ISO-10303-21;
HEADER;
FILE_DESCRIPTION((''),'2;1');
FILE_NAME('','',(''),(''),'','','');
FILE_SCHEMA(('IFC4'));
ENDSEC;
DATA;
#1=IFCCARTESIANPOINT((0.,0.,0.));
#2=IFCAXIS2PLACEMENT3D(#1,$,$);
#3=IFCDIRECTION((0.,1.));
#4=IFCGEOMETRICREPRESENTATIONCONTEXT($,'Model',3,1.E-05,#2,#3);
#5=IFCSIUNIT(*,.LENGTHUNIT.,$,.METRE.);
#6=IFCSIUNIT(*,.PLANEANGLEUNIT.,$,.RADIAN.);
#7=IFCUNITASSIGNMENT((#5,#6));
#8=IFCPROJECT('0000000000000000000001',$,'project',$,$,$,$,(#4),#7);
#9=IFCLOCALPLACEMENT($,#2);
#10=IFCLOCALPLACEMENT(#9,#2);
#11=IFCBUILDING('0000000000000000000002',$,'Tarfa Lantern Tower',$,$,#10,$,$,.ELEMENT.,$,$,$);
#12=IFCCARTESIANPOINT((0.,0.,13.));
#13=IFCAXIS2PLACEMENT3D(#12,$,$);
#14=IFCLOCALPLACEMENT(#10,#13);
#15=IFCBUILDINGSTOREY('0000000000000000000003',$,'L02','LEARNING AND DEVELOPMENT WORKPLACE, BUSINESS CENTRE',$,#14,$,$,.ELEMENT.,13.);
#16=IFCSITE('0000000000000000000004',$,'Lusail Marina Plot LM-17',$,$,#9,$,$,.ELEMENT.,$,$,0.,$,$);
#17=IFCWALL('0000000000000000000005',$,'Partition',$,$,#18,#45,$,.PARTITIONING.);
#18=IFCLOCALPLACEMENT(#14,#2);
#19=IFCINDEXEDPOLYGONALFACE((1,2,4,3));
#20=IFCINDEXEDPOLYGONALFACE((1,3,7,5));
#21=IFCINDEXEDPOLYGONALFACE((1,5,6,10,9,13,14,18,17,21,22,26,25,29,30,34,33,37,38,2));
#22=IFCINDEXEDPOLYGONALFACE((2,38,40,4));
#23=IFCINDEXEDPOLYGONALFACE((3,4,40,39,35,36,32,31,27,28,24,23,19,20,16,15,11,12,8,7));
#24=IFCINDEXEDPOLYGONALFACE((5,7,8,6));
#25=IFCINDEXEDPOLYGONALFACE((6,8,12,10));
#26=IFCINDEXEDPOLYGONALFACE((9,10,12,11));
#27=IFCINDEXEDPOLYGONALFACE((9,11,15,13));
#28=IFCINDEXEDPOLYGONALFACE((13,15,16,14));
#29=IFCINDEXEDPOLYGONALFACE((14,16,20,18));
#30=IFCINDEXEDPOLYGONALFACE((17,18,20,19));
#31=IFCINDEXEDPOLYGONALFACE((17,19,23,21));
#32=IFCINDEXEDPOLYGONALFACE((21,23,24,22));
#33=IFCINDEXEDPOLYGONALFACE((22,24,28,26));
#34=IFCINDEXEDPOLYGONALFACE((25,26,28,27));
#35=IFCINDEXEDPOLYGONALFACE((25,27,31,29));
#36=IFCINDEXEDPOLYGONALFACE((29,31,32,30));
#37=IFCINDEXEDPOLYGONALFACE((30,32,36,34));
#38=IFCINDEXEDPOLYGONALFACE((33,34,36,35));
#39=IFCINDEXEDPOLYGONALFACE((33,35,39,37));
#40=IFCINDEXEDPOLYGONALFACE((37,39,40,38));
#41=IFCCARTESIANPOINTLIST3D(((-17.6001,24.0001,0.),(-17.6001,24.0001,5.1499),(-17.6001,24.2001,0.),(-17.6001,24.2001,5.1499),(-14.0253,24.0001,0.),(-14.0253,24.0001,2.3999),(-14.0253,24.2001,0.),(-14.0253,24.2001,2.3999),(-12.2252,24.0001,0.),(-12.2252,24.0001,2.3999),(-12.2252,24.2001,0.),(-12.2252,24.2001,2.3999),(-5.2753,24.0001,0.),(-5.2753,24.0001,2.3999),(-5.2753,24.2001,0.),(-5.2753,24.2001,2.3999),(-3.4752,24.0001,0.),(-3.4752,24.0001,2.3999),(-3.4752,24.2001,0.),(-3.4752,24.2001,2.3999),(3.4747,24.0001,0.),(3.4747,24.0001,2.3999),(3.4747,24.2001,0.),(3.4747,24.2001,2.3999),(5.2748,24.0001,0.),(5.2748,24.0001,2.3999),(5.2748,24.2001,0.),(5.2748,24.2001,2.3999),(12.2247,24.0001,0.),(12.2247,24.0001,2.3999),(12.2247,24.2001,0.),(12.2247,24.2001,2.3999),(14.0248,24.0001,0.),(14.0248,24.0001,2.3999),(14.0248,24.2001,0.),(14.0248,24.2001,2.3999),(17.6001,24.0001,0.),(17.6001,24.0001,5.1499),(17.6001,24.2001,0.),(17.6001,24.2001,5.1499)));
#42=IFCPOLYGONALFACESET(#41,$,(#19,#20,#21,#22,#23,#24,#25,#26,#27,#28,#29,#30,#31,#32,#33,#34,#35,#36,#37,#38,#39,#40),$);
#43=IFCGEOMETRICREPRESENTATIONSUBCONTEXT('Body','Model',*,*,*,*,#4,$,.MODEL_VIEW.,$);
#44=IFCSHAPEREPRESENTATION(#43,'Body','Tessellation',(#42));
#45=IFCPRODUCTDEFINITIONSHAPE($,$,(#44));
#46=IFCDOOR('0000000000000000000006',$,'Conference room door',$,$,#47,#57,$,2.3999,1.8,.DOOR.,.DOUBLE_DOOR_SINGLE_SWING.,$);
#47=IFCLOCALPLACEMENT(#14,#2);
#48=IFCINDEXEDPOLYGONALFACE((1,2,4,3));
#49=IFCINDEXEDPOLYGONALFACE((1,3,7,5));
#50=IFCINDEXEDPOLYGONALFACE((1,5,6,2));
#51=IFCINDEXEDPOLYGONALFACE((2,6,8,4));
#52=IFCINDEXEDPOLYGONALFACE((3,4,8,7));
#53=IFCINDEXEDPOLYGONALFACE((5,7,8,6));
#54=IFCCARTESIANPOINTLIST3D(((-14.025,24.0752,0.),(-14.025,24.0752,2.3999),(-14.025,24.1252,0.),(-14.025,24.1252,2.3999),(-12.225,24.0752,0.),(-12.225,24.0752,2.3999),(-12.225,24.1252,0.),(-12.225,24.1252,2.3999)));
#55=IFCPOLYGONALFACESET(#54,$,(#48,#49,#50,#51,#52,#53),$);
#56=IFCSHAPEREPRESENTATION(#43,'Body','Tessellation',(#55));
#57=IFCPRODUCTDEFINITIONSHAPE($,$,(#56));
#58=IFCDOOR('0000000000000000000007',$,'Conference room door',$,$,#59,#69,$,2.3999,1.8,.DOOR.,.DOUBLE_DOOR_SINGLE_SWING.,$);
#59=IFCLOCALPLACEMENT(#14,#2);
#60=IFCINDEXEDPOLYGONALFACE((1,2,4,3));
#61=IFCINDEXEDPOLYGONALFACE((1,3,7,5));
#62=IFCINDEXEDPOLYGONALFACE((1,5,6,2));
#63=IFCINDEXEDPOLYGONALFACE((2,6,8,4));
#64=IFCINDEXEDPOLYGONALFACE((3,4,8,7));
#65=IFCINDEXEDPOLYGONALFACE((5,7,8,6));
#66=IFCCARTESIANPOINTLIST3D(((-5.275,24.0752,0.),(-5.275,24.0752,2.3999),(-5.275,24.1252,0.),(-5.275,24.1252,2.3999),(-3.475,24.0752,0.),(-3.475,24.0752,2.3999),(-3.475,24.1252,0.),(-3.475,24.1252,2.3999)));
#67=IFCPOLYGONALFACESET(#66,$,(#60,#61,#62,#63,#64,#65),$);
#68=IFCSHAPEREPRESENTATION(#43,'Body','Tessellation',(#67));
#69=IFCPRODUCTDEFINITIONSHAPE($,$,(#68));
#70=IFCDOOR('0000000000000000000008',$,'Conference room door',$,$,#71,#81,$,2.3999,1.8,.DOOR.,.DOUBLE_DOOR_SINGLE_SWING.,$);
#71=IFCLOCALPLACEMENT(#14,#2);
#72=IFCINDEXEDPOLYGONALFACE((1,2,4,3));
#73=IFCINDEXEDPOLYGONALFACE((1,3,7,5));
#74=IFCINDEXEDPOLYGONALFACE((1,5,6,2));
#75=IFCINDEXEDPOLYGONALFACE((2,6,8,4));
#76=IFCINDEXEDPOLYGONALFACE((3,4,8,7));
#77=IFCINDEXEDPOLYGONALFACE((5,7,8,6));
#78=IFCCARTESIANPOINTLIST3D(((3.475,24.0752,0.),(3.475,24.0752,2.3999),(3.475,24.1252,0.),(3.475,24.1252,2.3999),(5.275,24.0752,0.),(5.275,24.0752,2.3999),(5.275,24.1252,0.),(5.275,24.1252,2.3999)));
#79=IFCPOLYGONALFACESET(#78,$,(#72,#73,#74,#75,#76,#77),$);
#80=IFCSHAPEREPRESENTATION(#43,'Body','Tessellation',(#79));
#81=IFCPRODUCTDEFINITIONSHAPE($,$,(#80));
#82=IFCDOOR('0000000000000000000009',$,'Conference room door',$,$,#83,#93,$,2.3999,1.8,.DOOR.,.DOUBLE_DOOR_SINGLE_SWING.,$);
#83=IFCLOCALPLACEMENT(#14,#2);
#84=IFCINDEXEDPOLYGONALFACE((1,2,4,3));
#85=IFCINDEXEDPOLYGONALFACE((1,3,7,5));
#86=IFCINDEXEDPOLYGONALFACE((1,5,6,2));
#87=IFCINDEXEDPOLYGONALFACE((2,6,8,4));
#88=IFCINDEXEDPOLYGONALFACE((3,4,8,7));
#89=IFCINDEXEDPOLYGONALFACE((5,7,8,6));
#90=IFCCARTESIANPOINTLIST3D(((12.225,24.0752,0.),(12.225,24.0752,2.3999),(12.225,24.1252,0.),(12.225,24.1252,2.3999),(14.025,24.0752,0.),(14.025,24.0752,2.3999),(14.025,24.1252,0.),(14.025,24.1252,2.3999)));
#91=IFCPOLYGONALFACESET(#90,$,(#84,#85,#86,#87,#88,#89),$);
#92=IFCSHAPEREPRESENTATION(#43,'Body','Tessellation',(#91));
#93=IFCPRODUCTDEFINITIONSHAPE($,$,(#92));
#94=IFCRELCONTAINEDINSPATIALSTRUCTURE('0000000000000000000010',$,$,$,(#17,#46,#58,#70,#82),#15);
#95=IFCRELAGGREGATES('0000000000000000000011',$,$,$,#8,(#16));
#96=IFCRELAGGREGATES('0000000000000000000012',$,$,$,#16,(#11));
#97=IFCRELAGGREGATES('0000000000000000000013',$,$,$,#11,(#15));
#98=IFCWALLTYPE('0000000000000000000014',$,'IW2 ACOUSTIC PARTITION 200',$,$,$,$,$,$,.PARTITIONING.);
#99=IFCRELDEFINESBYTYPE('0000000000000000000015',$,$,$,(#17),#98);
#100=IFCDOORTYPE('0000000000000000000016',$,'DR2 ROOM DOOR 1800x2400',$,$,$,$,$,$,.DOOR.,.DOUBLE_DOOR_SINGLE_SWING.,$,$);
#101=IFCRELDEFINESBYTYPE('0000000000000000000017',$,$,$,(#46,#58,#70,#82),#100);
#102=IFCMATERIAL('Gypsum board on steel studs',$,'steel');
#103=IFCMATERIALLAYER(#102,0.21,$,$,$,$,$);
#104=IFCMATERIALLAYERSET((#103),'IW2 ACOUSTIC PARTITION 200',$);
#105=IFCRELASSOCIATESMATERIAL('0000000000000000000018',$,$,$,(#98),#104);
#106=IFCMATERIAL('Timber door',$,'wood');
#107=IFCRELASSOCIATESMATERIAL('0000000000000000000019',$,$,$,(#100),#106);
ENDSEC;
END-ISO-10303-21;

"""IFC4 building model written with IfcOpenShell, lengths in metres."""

from ifc_helpers import new_model, si_unit, direction, frame, frame_2d, origin, place, context, subcontext, project, spatial, rectangle, extrude, material, layer, layer_set, type_object, element, fill, save


model = new_model("IFC4")

# Units and contexts
model_context = context("Model", 3, precision=1e-05, world=origin(), true_north=direction((0.0, 1.0)))
body_context = subcontext(model_context, "Body", "Model", "MODEL_VIEW")
ifc_project = project(units=[si_unit("LENGTHUNIT", "METRE"), si_unit("PLANEANGLEUNIT", "RADIAN")], contexts=[model_context])

# Site, building, storey
site_placement = place(None, origin())
site = spatial("IfcSite", under=ifc_project, at=site_placement, Name="Lusail Marina Plot LM-17", CompositionType="ELEMENT", RefElevation=0.0)
building_placement = place(site_placement, origin())
building = spatial("IfcBuilding", under=site, at=building_placement, Name="Tarfa Lantern Tower", CompositionType="ELEMENT")
storey_placement = place(building_placement, frame((0.0, 0.0, 13.0)))
storey = spatial("IfcBuildingStorey", under=building, at=storey_placement, Name="L02", Description="LEARNING AND DEVELOPMENT WORKPLACE, BUSINESS CENTRE", CompositionType="ELEMENT", Elevation=13.0)

# Shared definitions
ifc_material_1 = material(Name="Gypsum board on steel studs", Category="steel")
ifc_layer = layer(ifc_material_1, 0.21)
ifc_layer_set = layer_set([ifc_layer], Name="IW2 ACOUSTIC PARTITION 200")
wall_type = type_object("IfcWallType", Name="IW2 ACOUSTIC PARTITION 200", PredefinedType="PARTITIONING", material=ifc_layer_set)
ifc_material_2 = material(Name="Timber door", Category="wood")
door_type = type_object("IfcDoorType", Name="DR2 ROOM DOOR 1800x2400", OperationType="DOUBLE_DOOR_SINGLE_SWING", PredefinedType="DOOR", material=ifc_material_2)

# Wall, openings, doors
wall_1_placement = place(storey_placement, frame((-17.6001, 24.1001, 0.0), z_axis=(0.0, 0.0, 1.0), x_axis=(1.0, 0.0, 0.0)))
wall_1 = element("IfcWall", 1, at=wall_1_placement, inside=storey, type_object=wall_type, Name="Partition", PredefinedType="PARTITIONING", context=body_context, shape_type="SweptSolid", body=[
    extrude(rectangle(XDim=35.2002, YDim=0.2, at=frame_2d((17.6001, 0.0))), origin(), (0.0, 0.0, 1.0), 5.1499),
])
opening_1_placement = place(wall_1_placement, frame((3.575, 0.0, 0.0)))
opening_1 = element("IfcOpeningElement", 2, at=opening_1_placement, cuts=wall_1, PredefinedType="OPENING", context=body_context, shape_type="SweptSolid", body=[
    extrude(rectangle(XDim=1.8, YDim=2.3999, at=frame_2d((0.8999, 1.2))), frame((0.0, 0.1099, 0.0), z_axis=(0.0, -1.0, 0.0), x_axis=(1.0, 0.0, 0.0)), (0.0, 0.0, 1.0), 0.22),
])
opening_2_placement = place(wall_1_placement, frame((12.325, 0.0, 0.0)))
opening_2 = element("IfcOpeningElement", 3, at=opening_2_placement, cuts=wall_1, PredefinedType="OPENING", context=body_context, shape_type="SweptSolid", body=[
    extrude(rectangle(XDim=1.8, YDim=2.3999, at=frame_2d((0.8999, 1.2))), frame((0.0, 0.1099, 0.0), z_axis=(0.0, -1.0, 0.0), x_axis=(1.0, 0.0, 0.0)), (0.0, 0.0, 1.0), 0.22),
])
opening_3_placement = place(wall_1_placement, frame((21.075, 0.0, 0.0)))
opening_3 = element("IfcOpeningElement", 4, at=opening_3_placement, cuts=wall_1, PredefinedType="OPENING", context=body_context, shape_type="SweptSolid", body=[
    extrude(rectangle(XDim=1.8, YDim=2.3999, at=frame_2d((0.8999, 1.2))), frame((0.0, 0.1099, 0.0), z_axis=(0.0, -1.0, 0.0), x_axis=(1.0, 0.0, 0.0)), (0.0, 0.0, 1.0), 0.22),
])
opening_4_placement = place(wall_1_placement, frame((29.825, 0.0, 0.0)))
opening_4 = element("IfcOpeningElement", 5, at=opening_4_placement, cuts=wall_1, PredefinedType="OPENING", context=body_context, shape_type="SweptSolid", body=[
    extrude(rectangle(XDim=1.8, YDim=2.3999, at=frame_2d((0.8999, 1.2))), frame((0.0, 0.1099, 0.0), z_axis=(0.0, -1.0, 0.0), x_axis=(1.0, 0.0, 0.0)), (0.0, 0.0, 1.0), 0.22),
])
door_1_placement = place(opening_1_placement, frame((1.8, 0.0, 0.0), z_axis=(0.0, 0.0, 1.0), x_axis=(-1.0, 0.0, 0.0)))
door_1 = element("IfcDoor", 6, at=door_1_placement, inside=storey, type_object=door_type, Name="Conference room door", OperationType="DOUBLE_DOOR_SINGLE_SWING", OverallHeight=2.3999, OverallWidth=1.8, PredefinedType="DOOR", context=body_context, shape_type="SweptSolid", body=[
    extrude(rectangle(XDim=1.8, YDim=2.3999, at=frame_2d((0.8999, 1.2))), frame((0.0, 0.0249, 0.0), z_axis=(0.0, -1.0, 0.0), x_axis=(1.0, 0.0, 0.0)), (0.0, 0.0, 1.0), 0.05),
])
fill(opening_1, door_1)
door_2_placement = place(opening_2_placement, frame((1.8, 0.0, 0.0), z_axis=(0.0, 0.0, 1.0), x_axis=(-1.0, 0.0, 0.0)))
door_2 = element("IfcDoor", 7, at=door_2_placement, inside=storey, type_object=door_type, Name="Conference room door", OperationType="DOUBLE_DOOR_SINGLE_SWING", OverallHeight=2.3999, OverallWidth=1.8, PredefinedType="DOOR", context=body_context, shape_type="SweptSolid", body=[
    extrude(rectangle(XDim=1.8, YDim=2.3999, at=frame_2d((0.8999, 1.2))), frame((0.0, 0.0249, 0.0), z_axis=(0.0, -1.0, 0.0), x_axis=(1.0, 0.0, 0.0)), (0.0, 0.0, 1.0), 0.05),
])
fill(opening_2, door_2)
door_3_placement = place(opening_3_placement, frame((1.8, 0.0, 0.0), z_axis=(0.0, 0.0, 1.0), x_axis=(-1.0, 0.0, 0.0)))
door_3 = element("IfcDoor", 8, at=door_3_placement, inside=storey, type_object=door_type, Name="Conference room door", OperationType="DOUBLE_DOOR_SINGLE_SWING", OverallHeight=2.3999, OverallWidth=1.8, PredefinedType="DOOR", context=body_context, shape_type="SweptSolid", body=[
    extrude(rectangle(XDim=1.8, YDim=2.3999, at=frame_2d((0.8999, 1.2))), frame((0.0, 0.0249, 0.0), z_axis=(0.0, -1.0, 0.0), x_axis=(1.0, 0.0, 0.0)), (0.0, 0.0, 1.0), 0.05),
])
fill(opening_3, door_3)
door_4_placement = place(opening_4_placement, frame((1.8, 0.0, 0.0), z_axis=(0.0, 0.0, 1.0), x_axis=(-1.0, 0.0, 0.0)))
door_4 = element("IfcDoor", 9, at=door_4_placement, inside=storey, type_object=door_type, Name="Conference room door", OperationType="DOUBLE_DOOR_SINGLE_SWING", OverallHeight=2.3999, OverallWidth=1.8, PredefinedType="DOOR", context=body_context, shape_type="SweptSolid", body=[
    extrude(rectangle(XDim=1.8, YDim=2.3999, at=frame_2d((0.8999, 1.2))), frame((0.0, 0.0249, 0.0), z_axis=(0.0, -1.0, 0.0), x_axis=(1.0, 0.0, 0.0)), (0.0, 0.0, 1.0), 0.05),
])
fill(opening_4, door_4)

save(model, "model.ifc")
